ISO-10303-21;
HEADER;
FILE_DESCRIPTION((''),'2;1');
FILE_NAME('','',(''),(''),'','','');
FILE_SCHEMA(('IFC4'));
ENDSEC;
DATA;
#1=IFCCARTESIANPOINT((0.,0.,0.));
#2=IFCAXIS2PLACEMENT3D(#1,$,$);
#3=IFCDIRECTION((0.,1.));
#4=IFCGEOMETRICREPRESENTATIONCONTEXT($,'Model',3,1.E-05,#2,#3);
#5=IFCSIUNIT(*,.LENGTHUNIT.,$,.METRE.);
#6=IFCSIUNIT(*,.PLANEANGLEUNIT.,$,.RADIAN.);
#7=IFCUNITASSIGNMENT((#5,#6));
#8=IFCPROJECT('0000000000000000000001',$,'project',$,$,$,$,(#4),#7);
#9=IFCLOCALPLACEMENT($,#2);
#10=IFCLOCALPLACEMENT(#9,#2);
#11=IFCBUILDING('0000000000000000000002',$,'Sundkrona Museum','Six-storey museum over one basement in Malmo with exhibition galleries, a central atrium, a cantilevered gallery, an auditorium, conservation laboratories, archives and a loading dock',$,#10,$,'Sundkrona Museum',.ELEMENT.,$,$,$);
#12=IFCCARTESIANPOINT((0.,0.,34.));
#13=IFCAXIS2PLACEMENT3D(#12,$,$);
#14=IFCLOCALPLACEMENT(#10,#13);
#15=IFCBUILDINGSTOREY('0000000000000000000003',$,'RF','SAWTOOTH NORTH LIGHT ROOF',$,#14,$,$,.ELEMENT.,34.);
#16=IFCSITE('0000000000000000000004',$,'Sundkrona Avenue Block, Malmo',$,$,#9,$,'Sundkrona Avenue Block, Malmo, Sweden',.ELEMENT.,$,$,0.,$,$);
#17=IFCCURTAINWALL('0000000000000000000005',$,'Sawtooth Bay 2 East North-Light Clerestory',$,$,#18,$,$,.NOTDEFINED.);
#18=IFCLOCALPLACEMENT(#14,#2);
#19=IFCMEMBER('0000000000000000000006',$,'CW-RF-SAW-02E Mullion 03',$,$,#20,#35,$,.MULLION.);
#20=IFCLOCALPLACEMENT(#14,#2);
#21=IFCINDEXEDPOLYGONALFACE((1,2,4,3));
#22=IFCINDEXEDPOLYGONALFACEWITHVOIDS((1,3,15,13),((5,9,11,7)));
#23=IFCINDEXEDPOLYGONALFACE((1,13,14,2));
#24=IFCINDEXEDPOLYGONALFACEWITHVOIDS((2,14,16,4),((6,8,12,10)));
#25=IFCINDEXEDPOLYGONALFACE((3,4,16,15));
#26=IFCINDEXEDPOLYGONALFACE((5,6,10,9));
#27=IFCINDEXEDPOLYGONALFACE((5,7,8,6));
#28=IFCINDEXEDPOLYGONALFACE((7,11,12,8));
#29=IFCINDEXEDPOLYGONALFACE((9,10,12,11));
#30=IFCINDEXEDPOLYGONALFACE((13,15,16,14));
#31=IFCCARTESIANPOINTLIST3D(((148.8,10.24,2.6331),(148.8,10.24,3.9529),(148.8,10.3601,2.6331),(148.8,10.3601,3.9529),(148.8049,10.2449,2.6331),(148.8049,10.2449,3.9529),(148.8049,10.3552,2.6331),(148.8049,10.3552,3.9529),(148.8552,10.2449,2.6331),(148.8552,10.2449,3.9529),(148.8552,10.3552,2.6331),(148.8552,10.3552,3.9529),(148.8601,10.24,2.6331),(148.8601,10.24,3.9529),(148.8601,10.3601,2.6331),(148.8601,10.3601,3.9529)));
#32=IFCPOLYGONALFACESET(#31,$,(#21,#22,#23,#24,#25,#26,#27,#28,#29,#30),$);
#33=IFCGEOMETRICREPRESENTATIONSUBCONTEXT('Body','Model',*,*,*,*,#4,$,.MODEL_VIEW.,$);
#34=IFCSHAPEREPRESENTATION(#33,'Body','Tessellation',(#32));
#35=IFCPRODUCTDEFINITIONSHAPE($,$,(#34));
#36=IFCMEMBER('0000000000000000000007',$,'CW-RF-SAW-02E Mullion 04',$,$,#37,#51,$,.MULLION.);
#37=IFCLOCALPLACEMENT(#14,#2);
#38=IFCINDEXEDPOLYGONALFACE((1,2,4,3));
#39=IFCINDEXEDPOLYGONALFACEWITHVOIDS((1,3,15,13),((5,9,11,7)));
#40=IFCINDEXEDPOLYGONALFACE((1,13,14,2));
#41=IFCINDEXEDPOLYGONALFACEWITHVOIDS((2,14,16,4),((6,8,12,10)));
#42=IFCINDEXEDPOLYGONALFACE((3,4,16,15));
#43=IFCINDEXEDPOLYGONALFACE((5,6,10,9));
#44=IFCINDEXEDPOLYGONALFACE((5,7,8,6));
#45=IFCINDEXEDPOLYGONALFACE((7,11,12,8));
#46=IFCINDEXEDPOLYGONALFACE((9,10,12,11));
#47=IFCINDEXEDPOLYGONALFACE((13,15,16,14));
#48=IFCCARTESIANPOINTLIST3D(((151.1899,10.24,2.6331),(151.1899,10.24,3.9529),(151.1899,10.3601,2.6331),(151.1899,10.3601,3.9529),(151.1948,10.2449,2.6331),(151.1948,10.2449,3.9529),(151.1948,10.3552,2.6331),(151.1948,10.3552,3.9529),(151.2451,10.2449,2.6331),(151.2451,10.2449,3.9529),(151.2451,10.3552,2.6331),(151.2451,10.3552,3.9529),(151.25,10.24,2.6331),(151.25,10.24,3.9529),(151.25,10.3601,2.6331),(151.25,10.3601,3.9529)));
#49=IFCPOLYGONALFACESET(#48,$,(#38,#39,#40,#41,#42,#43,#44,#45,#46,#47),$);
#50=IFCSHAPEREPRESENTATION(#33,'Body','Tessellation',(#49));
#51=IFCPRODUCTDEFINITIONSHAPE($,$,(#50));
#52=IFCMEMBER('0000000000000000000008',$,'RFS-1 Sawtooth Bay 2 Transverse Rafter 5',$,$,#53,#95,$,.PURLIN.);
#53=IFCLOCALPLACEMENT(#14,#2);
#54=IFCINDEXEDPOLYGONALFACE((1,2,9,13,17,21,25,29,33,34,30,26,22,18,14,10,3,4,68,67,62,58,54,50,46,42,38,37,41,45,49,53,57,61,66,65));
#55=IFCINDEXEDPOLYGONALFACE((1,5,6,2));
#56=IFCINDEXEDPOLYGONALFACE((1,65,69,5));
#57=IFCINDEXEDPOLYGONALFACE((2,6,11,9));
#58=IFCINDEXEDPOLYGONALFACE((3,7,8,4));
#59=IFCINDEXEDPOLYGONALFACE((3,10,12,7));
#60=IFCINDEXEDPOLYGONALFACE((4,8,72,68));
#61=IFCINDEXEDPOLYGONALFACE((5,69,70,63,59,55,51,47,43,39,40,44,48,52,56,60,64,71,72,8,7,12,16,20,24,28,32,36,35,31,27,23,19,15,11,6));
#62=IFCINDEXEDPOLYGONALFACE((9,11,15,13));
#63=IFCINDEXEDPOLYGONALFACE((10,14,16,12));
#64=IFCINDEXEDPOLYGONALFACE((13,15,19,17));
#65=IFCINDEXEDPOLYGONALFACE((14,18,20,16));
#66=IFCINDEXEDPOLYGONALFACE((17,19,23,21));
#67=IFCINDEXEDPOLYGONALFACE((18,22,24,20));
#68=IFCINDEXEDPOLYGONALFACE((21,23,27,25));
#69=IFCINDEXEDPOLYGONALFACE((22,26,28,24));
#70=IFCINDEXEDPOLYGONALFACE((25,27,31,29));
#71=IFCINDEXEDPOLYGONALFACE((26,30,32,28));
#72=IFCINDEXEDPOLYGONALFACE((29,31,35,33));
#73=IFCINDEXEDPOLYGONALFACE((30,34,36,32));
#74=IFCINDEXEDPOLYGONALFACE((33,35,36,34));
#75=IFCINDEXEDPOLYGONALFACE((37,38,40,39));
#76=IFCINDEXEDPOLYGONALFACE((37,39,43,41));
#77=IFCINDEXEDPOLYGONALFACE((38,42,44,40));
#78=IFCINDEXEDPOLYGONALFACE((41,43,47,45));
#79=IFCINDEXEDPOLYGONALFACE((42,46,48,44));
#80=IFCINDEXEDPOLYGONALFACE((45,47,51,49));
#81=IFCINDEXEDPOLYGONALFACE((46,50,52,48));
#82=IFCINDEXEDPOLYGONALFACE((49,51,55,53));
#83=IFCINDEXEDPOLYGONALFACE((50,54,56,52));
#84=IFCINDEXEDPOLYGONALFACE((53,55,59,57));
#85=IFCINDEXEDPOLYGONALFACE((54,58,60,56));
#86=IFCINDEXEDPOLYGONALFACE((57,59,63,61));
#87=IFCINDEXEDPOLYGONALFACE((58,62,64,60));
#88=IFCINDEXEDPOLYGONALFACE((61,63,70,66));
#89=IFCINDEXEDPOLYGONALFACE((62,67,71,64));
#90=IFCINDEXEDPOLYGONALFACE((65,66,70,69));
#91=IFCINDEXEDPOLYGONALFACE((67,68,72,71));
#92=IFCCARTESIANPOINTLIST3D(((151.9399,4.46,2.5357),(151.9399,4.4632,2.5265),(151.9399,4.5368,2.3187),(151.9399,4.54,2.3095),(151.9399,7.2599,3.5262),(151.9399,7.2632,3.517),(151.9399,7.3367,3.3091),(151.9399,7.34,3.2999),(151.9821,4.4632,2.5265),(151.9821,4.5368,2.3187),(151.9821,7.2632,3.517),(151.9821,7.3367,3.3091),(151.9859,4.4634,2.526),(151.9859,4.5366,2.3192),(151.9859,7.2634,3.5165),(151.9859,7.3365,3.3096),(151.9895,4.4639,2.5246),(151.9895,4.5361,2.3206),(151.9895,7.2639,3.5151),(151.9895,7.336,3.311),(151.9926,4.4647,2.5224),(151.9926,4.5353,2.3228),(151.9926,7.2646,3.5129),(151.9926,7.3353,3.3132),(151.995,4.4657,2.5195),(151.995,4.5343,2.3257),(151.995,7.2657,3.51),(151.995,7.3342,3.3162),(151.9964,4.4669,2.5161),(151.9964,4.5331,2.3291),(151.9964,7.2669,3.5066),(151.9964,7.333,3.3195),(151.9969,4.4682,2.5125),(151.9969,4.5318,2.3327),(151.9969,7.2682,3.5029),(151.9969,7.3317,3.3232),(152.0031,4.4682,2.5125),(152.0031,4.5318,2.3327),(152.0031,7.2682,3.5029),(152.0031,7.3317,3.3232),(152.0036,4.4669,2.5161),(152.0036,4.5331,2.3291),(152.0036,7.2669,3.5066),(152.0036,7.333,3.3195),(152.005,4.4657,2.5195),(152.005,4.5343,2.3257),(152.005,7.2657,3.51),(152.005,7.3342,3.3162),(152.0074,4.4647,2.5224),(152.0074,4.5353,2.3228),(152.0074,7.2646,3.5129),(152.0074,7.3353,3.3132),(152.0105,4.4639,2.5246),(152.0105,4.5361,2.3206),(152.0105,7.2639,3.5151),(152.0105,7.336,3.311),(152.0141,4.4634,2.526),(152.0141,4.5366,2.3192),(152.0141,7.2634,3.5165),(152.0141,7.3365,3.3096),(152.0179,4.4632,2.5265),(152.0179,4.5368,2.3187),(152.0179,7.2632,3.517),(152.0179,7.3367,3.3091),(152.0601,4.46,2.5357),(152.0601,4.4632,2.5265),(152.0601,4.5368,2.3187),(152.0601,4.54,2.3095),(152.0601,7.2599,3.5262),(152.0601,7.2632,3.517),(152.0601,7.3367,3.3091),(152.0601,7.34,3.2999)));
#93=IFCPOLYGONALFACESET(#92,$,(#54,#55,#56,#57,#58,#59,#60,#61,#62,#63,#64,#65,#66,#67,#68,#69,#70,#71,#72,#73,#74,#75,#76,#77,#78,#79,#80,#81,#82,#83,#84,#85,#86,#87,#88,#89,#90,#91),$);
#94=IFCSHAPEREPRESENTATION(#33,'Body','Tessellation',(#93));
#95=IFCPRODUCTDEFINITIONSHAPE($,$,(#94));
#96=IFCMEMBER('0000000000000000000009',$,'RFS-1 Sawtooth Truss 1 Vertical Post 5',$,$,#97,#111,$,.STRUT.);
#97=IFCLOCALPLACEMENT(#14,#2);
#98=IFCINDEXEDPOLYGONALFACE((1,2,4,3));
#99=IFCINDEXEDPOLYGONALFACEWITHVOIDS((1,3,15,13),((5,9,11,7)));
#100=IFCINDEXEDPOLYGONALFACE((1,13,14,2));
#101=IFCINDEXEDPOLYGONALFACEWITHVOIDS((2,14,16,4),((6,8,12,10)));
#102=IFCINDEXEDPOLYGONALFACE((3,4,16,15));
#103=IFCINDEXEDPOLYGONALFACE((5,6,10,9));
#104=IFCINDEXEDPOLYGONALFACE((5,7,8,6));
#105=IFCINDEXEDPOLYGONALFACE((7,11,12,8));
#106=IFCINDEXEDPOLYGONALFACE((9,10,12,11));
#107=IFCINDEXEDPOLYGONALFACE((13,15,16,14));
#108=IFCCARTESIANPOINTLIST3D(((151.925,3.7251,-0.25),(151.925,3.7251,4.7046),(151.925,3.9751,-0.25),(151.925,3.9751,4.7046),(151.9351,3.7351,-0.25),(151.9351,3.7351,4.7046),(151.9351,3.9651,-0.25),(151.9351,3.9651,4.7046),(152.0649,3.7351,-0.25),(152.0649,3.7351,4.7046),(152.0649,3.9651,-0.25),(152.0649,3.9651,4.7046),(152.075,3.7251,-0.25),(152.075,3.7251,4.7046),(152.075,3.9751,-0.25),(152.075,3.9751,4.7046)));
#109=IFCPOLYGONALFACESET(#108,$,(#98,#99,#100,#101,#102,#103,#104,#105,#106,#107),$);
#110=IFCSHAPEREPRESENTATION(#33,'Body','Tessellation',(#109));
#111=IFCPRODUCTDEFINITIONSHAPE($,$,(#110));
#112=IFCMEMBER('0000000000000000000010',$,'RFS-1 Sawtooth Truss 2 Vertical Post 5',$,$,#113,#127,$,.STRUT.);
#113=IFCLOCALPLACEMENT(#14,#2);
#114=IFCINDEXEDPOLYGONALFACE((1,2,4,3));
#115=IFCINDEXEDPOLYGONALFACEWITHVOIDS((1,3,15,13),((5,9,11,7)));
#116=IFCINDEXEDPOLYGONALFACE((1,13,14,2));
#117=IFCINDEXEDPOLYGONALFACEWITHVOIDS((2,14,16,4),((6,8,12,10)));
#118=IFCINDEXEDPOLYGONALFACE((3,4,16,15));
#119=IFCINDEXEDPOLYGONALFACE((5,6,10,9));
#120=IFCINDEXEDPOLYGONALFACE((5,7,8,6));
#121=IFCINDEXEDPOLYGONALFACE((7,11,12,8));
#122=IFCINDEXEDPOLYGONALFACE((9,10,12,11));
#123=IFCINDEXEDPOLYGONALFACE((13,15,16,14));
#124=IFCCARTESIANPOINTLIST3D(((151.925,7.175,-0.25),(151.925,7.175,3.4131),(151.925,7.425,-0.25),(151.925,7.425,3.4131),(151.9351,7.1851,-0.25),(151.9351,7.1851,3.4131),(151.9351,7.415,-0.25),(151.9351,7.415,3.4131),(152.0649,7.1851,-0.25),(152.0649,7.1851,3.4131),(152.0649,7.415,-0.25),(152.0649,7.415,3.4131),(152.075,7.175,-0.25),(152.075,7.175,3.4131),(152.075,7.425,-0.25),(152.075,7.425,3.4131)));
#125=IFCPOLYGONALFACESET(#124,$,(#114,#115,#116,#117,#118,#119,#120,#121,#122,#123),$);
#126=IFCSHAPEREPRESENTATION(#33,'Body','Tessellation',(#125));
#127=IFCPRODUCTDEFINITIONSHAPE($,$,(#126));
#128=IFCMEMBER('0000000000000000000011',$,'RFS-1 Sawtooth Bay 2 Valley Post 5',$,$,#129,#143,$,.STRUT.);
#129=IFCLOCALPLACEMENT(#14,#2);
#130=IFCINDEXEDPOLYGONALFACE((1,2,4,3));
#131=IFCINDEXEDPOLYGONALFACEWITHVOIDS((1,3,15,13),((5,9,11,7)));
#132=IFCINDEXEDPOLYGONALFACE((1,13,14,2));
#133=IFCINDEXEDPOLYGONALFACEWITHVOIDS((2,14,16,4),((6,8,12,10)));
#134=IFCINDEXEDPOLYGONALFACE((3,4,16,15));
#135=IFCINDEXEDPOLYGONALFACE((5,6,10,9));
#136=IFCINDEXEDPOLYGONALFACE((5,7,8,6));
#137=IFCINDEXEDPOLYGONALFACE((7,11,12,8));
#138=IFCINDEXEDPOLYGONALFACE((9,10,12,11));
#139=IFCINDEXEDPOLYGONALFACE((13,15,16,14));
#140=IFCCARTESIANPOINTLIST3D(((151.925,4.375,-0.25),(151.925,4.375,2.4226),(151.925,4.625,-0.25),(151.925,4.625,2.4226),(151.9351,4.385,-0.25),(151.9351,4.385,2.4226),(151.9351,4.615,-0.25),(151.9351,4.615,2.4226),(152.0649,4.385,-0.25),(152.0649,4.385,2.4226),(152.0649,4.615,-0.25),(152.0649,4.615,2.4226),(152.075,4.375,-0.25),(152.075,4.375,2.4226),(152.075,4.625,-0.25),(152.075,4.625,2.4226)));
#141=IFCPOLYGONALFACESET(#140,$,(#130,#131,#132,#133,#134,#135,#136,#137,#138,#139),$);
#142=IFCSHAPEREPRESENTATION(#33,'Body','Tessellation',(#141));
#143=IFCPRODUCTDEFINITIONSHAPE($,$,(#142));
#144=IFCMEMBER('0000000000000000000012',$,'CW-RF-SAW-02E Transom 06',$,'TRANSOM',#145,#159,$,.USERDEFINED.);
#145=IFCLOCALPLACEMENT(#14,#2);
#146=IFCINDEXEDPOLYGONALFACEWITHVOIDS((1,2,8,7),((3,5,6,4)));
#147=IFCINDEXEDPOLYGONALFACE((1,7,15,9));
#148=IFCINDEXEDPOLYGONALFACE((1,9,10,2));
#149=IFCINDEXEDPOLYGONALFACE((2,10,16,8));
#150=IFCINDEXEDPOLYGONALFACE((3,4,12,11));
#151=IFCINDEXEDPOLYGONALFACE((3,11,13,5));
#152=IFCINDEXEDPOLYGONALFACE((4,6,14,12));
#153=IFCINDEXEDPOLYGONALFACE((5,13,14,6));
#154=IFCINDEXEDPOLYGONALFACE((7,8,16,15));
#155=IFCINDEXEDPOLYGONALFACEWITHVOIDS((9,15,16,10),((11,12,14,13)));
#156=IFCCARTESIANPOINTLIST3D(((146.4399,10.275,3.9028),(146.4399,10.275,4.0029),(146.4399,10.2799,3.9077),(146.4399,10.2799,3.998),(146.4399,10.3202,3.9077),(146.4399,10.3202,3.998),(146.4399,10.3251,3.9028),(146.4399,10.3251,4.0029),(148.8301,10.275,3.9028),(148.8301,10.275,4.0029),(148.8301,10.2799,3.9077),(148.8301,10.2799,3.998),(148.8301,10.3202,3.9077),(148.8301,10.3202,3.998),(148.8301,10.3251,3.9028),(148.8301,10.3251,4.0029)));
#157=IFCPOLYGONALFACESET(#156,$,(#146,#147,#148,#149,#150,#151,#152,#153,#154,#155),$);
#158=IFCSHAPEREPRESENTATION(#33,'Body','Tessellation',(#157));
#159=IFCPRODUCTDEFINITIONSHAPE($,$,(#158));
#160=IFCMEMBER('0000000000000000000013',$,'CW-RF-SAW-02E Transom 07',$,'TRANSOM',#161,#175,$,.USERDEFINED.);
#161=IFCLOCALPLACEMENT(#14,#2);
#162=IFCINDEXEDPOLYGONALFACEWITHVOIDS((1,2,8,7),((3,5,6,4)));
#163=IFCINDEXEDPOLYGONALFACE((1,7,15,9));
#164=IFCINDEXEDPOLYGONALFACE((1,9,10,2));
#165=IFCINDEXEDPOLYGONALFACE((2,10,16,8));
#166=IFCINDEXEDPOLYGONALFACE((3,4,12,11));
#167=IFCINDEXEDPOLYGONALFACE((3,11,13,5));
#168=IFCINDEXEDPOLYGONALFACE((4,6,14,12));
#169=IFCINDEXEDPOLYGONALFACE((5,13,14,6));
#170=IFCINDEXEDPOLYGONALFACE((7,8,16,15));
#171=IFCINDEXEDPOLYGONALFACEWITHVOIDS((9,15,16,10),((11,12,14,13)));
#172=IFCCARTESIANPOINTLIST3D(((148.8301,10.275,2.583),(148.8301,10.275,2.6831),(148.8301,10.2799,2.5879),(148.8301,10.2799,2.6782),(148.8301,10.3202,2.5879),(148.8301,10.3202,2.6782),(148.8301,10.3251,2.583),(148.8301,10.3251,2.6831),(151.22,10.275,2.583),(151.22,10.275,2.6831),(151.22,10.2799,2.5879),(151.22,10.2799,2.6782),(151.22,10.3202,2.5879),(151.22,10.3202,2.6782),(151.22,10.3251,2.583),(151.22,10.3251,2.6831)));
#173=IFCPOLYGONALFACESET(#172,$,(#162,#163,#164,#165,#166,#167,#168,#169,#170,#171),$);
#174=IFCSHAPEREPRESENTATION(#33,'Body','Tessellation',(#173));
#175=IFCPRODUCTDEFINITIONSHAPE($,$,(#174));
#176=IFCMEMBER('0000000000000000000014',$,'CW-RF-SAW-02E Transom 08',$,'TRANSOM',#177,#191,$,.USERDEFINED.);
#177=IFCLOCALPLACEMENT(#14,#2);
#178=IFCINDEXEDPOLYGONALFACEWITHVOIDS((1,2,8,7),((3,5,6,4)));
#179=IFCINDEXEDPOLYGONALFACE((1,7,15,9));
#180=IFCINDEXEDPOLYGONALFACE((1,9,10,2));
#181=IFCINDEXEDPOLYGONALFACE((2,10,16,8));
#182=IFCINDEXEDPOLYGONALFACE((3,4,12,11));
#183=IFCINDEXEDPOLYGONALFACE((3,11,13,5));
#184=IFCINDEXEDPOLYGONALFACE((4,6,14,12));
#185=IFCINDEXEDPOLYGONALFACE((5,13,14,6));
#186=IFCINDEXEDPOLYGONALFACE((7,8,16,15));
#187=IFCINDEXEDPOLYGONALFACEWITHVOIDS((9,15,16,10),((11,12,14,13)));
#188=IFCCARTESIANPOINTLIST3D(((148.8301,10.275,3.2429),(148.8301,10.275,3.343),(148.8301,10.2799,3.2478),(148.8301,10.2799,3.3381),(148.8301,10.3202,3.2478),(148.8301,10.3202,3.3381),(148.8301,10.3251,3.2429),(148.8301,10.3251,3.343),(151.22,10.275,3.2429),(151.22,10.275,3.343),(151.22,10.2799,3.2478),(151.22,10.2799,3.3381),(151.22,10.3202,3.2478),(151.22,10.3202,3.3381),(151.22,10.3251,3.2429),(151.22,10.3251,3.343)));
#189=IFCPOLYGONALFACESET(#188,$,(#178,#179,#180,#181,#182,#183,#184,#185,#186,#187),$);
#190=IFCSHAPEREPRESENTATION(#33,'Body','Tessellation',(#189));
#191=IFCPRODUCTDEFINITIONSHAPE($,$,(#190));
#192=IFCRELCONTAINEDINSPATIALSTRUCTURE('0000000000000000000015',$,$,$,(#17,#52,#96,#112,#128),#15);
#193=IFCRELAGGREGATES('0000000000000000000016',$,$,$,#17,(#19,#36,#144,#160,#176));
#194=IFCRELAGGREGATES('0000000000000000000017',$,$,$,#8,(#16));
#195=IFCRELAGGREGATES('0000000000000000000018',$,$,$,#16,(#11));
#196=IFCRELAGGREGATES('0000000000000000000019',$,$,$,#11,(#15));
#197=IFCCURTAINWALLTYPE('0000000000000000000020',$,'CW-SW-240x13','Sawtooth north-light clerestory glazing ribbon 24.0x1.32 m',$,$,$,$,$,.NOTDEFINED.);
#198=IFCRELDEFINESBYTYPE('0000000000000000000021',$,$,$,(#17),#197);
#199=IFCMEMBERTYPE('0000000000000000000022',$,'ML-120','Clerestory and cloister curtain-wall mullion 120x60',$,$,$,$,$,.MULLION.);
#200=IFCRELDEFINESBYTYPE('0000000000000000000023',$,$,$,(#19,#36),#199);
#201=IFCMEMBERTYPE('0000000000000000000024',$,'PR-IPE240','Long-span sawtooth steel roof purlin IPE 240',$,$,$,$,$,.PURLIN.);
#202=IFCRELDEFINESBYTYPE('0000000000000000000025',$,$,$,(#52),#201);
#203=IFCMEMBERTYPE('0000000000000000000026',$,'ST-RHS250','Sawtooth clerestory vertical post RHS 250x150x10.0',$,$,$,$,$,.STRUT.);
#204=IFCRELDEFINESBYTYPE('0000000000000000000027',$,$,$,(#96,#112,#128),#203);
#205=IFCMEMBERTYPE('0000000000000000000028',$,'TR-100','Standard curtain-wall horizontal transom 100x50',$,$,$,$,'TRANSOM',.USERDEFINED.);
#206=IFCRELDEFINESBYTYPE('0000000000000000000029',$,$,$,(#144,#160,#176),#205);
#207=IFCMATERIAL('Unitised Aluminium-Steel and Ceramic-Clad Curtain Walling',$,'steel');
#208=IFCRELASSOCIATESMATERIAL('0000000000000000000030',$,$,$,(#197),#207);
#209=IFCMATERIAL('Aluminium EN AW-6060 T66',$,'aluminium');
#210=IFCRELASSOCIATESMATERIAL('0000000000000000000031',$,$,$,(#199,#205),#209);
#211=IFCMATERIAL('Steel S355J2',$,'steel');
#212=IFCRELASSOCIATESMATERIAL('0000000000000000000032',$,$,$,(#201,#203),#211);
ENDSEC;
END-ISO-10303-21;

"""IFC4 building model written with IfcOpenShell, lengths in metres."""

from ifc_helpers import new_model, si_unit, direction, frame, origin, origin_2d, place, context, subcontext, project, spatial, hollow_rectangle, i_section, extrude, material, material_profile, profile_set, type_object, element, aggregate, save


model = new_model("IFC4")

# Units and contexts
model_context = context("Model", 3, precision=1e-05, world=origin(), true_north=direction((0.0, 1.0)))
body_context = subcontext(model_context, "Body", "Model", "MODEL_VIEW")
ifc_project = project(units=[si_unit("LENGTHUNIT", "METRE"), si_unit("PLANEANGLEUNIT", "RADIAN")], contexts=[model_context])

# Site, building, storey
site_placement = place(None, origin())
site = spatial("IfcSite", under=ifc_project, at=site_placement, Name="Sundkrona Avenue Block, Malmo", LongName="Sundkrona Avenue Block, Malmo, Sweden", CompositionType="ELEMENT", RefElevation=0.0)
building_placement = place(site_placement, origin())
building = spatial("IfcBuilding", under=site, at=building_placement, Name="Sundkrona Museum", Description="Six-storey museum over one basement in Malmo with exhibition galleries, a central atrium, a cantilevered gallery, an auditorium, conservation laboratories, archives and a loading dock", LongName="Sundkrona Museum", CompositionType="ELEMENT")
storey_placement = place(building_placement, frame((0.0, 0.0, 34.0)))
storey = spatial("IfcBuildingStorey", under=building, at=storey_placement, Name="RF", Description="SAWTOOTH NORTH LIGHT ROOF", CompositionType="ELEMENT", Elevation=34.0)

# Curtain wall, members
ifc_material_1 = material(Name="Unitised Aluminium-Steel and Ceramic-Clad Curtain Walling", Category="steel")
curtain_wall_type = type_object("IfcCurtainWallType", Name="CW-SW-240x13", Description="Sawtooth north-light clerestory glazing ribbon 24.0x1.32 m", PredefinedType="NOTDEFINED", material=ifc_material_1)
curtain_wall_1_placement = place(storey_placement, origin())
curtain_wall_1 = element("IfcCurtainWall", 1, at=curtain_wall_1_placement, inside=storey, type_object=curtain_wall_type, Name="Sawtooth Bay 2 East North-Light Clerestory", PredefinedType="NOTDEFINED")
ifc_material_2 = material(Name="Aluminium EN AW-6060 T66", Category="aluminium")
ifc_material_profile_1 = material_profile(ifc_material_2, hollow_rectangle(XDim=0.0601, YDim=0.1201, WallThickness=0.0049, at=origin_2d()), Name="RHS 120x60x5.0")
ifc_profile_set_1 = profile_set([ifc_material_profile_1], Name="Aluminium EN AW-6060 T66")
member_type_1 = type_object("IfcMemberType", Name="ML-120", Description="Clerestory and cloister curtain-wall mullion 120x60", PredefinedType="MULLION", material=ifc_profile_set_1)
member_1_placement = place(storey_placement, frame((148.8301, 10.3, 2.6331), z_axis=(0.0, 0.0, 1.0), x_axis=(1.0, 0.0, 0.0)))
member_1 = element("IfcMember", 2, at=member_1_placement, type_object=member_type_1, Name="CW-RF-SAW-02E Mullion 03", PredefinedType="MULLION", context=body_context, shape_type="SweptSolid", body=[
    extrude(hollow_rectangle(XDim=0.0601, YDim=0.1201, WallThickness=0.0049, at=origin_2d()), origin(), (0.0, 0.0, 1.0), 1.3198),
])
member_2_placement = place(storey_placement, frame((151.22, 10.3, 2.6331), z_axis=(0.0, 0.0, 1.0), x_axis=(1.0, 0.0, 0.0)))
member_2 = element("IfcMember", 3, at=member_2_placement, type_object=member_type_1, Name="CW-RF-SAW-02E Mullion 04", PredefinedType="MULLION", context=body_context, shape_type="SweptSolid", body=[
    extrude(hollow_rectangle(XDim=0.0601, YDim=0.1201, WallThickness=0.0049, at=origin_2d()), origin(), (0.0, 0.0, 1.0), 1.3198),
])

# Members
ifc_material_3 = material(Name="Steel S355J2", Category="steel")
ifc_material_profile_2 = material_profile(ifc_material_3, i_section(OverallWidth=0.1201, OverallDepth=0.24, WebThickness=0.0061, FlangeThickness=0.0098, FilletRadius=0.0149, at=origin_2d()), Name="IPE 240")
ifc_profile_set_2 = profile_set([ifc_material_profile_2], Name="Steel S355J2")
member_type_2 = type_object("IfcMemberType", Name="PR-IPE240", Description="Long-span sawtooth steel roof purlin IPE 240", PredefinedType="PURLIN", material=ifc_profile_set_2)
member_3_placement = place(storey_placement, frame((152.0, 4.5, 2.4226), z_axis=(0.0, 0.942755, 0.333486), x_axis=(-1.0, 0.0, 0.0)))
element("IfcMember", 4, at=member_3_placement, inside=storey, type_object=member_type_2, Name="RFS-1 Sawtooth Bay 2 Transverse Rafter 5", PredefinedType="PURLIN", context=body_context, shape_type="SweptSolid", body=[
    extrude(i_section(OverallWidth=0.1201, OverallDepth=0.24, WebThickness=0.0061, FlangeThickness=0.0098, FilletRadius=0.0149, at=origin_2d()), origin(), (0.0, 0.0, 1.0), 2.97),
])
ifc_material_profile_3 = material_profile(ifc_material_3, hollow_rectangle(XDim=0.1499, YDim=0.25, WallThickness=0.01, at=origin_2d()), Name="RHS 250x150x10.0")
ifc_profile_set_3 = profile_set([ifc_material_profile_3], Name="Steel S355J2")
member_type_3 = type_object("IfcMemberType", Name="ST-RHS250", Description="Sawtooth clerestory vertical post RHS 250x150x10.0", PredefinedType="STRUT", material=ifc_profile_set_3)
member_4_placement = place(storey_placement, frame((152.0, 3.8501, -0.25), z_axis=(0.0, 0.0, 1.0), x_axis=(1.0, 0.0, 0.0)))
element("IfcMember", 5, at=member_4_placement, inside=storey, type_object=member_type_3, Name="RFS-1 Sawtooth Truss 1 Vertical Post 5", PredefinedType="STRUT", context=body_context, shape_type="SweptSolid", body=[
    extrude(hollow_rectangle(XDim=0.1499, YDim=0.25, WallThickness=0.01, at=origin_2d()), origin(), (0.0, 0.0, 1.0), 4.9546),
])
member_5_placement = place(storey_placement, frame((152.0, 7.3, -0.25), z_axis=(0.0, 0.0, 1.0), x_axis=(1.0, 0.0, 0.0)))
element("IfcMember", 6, at=member_5_placement, inside=storey, type_object=member_type_3, Name="RFS-1 Sawtooth Truss 2 Vertical Post 5", PredefinedType="STRUT", context=body_context, shape_type="SweptSolid", body=[
    extrude(hollow_rectangle(XDim=0.1499, YDim=0.25, WallThickness=0.01, at=origin_2d()), origin(), (0.0, 0.0, 1.0), 3.6631),
])
member_6_placement = place(storey_placement, frame((152.0, 4.5, -0.25), z_axis=(0.0, 0.0, 1.0), x_axis=(1.0, 0.0, 0.0)))
element("IfcMember", 7, at=member_6_placement, inside=storey, type_object=member_type_3, Name="RFS-1 Sawtooth Bay 2 Valley Post 5", PredefinedType="STRUT", context=body_context, shape_type="SweptSolid", body=[
    extrude(hollow_rectangle(XDim=0.1499, YDim=0.25, WallThickness=0.01, at=origin_2d()), origin(), (0.0, 0.0, 1.0), 2.6726),
])

# Members
ifc_material_profile_4 = material_profile(ifc_material_2, hollow_rectangle(XDim=0.05, YDim=0.1001, WallThickness=0.0049, at=origin_2d()), Name="RHS 100x50x5.0")
ifc_profile_set_4 = profile_set([ifc_material_profile_4], Name="Aluminium EN AW-6060 T66")
member_type_4 = type_object("IfcMemberType", Name="TR-100", Description="Standard curtain-wall horizontal transom 100x50", ElementType="TRANSOM", PredefinedType="USERDEFINED", material=ifc_profile_set_4)
member_7_placement = place(storey_placement, frame((146.4399, 10.3, 3.9529), z_axis=(1.0, 0.0, 0.0), x_axis=(0.0, 1.0, 0.0)))
member_7 = element("IfcMember", 8, at=member_7_placement, type_object=member_type_4, Name="CW-RF-SAW-02E Transom 06", ObjectType="TRANSOM", PredefinedType="USERDEFINED", context=body_context, shape_type="SweptSolid", body=[
    extrude(hollow_rectangle(XDim=0.05, YDim=0.1001, WallThickness=0.0049, at=origin_2d()), origin(), (0.0, 0.0, 1.0), 2.3901),
])
member_8_placement = place(storey_placement, frame((148.8301, 10.3, 2.6331), z_axis=(1.0, 0.0, 0.0), x_axis=(0.0, 1.0, 0.0)))
member_8 = element("IfcMember", 9, at=member_8_placement, type_object=member_type_4, Name="CW-RF-SAW-02E Transom 07", ObjectType="TRANSOM", PredefinedType="USERDEFINED", context=body_context, shape_type="SweptSolid", body=[
    extrude(hollow_rectangle(XDim=0.05, YDim=0.1001, WallThickness=0.0049, at=origin_2d()), origin(), (0.0, 0.0, 1.0), 2.3899),
])
member_9_placement = place(storey_placement, frame((148.8301, 10.3, 3.293), z_axis=(1.0, 0.0, 0.0), x_axis=(0.0, 1.0, 0.0)))
member_9 = element("IfcMember", 10, at=member_9_placement, type_object=member_type_4, Name="CW-RF-SAW-02E Transom 08", ObjectType="TRANSOM", PredefinedType="USERDEFINED", context=body_context, shape_type="SweptSolid", body=[
    extrude(hollow_rectangle(XDim=0.05, YDim=0.1001, WallThickness=0.0049, at=origin_2d()), origin(), (0.0, 0.0, 1.0), 2.3899),
])

aggregate(curtain_wall_1, [member_1, member_2, member_7, member_8, member_9])

save(model, "model.ifc")
